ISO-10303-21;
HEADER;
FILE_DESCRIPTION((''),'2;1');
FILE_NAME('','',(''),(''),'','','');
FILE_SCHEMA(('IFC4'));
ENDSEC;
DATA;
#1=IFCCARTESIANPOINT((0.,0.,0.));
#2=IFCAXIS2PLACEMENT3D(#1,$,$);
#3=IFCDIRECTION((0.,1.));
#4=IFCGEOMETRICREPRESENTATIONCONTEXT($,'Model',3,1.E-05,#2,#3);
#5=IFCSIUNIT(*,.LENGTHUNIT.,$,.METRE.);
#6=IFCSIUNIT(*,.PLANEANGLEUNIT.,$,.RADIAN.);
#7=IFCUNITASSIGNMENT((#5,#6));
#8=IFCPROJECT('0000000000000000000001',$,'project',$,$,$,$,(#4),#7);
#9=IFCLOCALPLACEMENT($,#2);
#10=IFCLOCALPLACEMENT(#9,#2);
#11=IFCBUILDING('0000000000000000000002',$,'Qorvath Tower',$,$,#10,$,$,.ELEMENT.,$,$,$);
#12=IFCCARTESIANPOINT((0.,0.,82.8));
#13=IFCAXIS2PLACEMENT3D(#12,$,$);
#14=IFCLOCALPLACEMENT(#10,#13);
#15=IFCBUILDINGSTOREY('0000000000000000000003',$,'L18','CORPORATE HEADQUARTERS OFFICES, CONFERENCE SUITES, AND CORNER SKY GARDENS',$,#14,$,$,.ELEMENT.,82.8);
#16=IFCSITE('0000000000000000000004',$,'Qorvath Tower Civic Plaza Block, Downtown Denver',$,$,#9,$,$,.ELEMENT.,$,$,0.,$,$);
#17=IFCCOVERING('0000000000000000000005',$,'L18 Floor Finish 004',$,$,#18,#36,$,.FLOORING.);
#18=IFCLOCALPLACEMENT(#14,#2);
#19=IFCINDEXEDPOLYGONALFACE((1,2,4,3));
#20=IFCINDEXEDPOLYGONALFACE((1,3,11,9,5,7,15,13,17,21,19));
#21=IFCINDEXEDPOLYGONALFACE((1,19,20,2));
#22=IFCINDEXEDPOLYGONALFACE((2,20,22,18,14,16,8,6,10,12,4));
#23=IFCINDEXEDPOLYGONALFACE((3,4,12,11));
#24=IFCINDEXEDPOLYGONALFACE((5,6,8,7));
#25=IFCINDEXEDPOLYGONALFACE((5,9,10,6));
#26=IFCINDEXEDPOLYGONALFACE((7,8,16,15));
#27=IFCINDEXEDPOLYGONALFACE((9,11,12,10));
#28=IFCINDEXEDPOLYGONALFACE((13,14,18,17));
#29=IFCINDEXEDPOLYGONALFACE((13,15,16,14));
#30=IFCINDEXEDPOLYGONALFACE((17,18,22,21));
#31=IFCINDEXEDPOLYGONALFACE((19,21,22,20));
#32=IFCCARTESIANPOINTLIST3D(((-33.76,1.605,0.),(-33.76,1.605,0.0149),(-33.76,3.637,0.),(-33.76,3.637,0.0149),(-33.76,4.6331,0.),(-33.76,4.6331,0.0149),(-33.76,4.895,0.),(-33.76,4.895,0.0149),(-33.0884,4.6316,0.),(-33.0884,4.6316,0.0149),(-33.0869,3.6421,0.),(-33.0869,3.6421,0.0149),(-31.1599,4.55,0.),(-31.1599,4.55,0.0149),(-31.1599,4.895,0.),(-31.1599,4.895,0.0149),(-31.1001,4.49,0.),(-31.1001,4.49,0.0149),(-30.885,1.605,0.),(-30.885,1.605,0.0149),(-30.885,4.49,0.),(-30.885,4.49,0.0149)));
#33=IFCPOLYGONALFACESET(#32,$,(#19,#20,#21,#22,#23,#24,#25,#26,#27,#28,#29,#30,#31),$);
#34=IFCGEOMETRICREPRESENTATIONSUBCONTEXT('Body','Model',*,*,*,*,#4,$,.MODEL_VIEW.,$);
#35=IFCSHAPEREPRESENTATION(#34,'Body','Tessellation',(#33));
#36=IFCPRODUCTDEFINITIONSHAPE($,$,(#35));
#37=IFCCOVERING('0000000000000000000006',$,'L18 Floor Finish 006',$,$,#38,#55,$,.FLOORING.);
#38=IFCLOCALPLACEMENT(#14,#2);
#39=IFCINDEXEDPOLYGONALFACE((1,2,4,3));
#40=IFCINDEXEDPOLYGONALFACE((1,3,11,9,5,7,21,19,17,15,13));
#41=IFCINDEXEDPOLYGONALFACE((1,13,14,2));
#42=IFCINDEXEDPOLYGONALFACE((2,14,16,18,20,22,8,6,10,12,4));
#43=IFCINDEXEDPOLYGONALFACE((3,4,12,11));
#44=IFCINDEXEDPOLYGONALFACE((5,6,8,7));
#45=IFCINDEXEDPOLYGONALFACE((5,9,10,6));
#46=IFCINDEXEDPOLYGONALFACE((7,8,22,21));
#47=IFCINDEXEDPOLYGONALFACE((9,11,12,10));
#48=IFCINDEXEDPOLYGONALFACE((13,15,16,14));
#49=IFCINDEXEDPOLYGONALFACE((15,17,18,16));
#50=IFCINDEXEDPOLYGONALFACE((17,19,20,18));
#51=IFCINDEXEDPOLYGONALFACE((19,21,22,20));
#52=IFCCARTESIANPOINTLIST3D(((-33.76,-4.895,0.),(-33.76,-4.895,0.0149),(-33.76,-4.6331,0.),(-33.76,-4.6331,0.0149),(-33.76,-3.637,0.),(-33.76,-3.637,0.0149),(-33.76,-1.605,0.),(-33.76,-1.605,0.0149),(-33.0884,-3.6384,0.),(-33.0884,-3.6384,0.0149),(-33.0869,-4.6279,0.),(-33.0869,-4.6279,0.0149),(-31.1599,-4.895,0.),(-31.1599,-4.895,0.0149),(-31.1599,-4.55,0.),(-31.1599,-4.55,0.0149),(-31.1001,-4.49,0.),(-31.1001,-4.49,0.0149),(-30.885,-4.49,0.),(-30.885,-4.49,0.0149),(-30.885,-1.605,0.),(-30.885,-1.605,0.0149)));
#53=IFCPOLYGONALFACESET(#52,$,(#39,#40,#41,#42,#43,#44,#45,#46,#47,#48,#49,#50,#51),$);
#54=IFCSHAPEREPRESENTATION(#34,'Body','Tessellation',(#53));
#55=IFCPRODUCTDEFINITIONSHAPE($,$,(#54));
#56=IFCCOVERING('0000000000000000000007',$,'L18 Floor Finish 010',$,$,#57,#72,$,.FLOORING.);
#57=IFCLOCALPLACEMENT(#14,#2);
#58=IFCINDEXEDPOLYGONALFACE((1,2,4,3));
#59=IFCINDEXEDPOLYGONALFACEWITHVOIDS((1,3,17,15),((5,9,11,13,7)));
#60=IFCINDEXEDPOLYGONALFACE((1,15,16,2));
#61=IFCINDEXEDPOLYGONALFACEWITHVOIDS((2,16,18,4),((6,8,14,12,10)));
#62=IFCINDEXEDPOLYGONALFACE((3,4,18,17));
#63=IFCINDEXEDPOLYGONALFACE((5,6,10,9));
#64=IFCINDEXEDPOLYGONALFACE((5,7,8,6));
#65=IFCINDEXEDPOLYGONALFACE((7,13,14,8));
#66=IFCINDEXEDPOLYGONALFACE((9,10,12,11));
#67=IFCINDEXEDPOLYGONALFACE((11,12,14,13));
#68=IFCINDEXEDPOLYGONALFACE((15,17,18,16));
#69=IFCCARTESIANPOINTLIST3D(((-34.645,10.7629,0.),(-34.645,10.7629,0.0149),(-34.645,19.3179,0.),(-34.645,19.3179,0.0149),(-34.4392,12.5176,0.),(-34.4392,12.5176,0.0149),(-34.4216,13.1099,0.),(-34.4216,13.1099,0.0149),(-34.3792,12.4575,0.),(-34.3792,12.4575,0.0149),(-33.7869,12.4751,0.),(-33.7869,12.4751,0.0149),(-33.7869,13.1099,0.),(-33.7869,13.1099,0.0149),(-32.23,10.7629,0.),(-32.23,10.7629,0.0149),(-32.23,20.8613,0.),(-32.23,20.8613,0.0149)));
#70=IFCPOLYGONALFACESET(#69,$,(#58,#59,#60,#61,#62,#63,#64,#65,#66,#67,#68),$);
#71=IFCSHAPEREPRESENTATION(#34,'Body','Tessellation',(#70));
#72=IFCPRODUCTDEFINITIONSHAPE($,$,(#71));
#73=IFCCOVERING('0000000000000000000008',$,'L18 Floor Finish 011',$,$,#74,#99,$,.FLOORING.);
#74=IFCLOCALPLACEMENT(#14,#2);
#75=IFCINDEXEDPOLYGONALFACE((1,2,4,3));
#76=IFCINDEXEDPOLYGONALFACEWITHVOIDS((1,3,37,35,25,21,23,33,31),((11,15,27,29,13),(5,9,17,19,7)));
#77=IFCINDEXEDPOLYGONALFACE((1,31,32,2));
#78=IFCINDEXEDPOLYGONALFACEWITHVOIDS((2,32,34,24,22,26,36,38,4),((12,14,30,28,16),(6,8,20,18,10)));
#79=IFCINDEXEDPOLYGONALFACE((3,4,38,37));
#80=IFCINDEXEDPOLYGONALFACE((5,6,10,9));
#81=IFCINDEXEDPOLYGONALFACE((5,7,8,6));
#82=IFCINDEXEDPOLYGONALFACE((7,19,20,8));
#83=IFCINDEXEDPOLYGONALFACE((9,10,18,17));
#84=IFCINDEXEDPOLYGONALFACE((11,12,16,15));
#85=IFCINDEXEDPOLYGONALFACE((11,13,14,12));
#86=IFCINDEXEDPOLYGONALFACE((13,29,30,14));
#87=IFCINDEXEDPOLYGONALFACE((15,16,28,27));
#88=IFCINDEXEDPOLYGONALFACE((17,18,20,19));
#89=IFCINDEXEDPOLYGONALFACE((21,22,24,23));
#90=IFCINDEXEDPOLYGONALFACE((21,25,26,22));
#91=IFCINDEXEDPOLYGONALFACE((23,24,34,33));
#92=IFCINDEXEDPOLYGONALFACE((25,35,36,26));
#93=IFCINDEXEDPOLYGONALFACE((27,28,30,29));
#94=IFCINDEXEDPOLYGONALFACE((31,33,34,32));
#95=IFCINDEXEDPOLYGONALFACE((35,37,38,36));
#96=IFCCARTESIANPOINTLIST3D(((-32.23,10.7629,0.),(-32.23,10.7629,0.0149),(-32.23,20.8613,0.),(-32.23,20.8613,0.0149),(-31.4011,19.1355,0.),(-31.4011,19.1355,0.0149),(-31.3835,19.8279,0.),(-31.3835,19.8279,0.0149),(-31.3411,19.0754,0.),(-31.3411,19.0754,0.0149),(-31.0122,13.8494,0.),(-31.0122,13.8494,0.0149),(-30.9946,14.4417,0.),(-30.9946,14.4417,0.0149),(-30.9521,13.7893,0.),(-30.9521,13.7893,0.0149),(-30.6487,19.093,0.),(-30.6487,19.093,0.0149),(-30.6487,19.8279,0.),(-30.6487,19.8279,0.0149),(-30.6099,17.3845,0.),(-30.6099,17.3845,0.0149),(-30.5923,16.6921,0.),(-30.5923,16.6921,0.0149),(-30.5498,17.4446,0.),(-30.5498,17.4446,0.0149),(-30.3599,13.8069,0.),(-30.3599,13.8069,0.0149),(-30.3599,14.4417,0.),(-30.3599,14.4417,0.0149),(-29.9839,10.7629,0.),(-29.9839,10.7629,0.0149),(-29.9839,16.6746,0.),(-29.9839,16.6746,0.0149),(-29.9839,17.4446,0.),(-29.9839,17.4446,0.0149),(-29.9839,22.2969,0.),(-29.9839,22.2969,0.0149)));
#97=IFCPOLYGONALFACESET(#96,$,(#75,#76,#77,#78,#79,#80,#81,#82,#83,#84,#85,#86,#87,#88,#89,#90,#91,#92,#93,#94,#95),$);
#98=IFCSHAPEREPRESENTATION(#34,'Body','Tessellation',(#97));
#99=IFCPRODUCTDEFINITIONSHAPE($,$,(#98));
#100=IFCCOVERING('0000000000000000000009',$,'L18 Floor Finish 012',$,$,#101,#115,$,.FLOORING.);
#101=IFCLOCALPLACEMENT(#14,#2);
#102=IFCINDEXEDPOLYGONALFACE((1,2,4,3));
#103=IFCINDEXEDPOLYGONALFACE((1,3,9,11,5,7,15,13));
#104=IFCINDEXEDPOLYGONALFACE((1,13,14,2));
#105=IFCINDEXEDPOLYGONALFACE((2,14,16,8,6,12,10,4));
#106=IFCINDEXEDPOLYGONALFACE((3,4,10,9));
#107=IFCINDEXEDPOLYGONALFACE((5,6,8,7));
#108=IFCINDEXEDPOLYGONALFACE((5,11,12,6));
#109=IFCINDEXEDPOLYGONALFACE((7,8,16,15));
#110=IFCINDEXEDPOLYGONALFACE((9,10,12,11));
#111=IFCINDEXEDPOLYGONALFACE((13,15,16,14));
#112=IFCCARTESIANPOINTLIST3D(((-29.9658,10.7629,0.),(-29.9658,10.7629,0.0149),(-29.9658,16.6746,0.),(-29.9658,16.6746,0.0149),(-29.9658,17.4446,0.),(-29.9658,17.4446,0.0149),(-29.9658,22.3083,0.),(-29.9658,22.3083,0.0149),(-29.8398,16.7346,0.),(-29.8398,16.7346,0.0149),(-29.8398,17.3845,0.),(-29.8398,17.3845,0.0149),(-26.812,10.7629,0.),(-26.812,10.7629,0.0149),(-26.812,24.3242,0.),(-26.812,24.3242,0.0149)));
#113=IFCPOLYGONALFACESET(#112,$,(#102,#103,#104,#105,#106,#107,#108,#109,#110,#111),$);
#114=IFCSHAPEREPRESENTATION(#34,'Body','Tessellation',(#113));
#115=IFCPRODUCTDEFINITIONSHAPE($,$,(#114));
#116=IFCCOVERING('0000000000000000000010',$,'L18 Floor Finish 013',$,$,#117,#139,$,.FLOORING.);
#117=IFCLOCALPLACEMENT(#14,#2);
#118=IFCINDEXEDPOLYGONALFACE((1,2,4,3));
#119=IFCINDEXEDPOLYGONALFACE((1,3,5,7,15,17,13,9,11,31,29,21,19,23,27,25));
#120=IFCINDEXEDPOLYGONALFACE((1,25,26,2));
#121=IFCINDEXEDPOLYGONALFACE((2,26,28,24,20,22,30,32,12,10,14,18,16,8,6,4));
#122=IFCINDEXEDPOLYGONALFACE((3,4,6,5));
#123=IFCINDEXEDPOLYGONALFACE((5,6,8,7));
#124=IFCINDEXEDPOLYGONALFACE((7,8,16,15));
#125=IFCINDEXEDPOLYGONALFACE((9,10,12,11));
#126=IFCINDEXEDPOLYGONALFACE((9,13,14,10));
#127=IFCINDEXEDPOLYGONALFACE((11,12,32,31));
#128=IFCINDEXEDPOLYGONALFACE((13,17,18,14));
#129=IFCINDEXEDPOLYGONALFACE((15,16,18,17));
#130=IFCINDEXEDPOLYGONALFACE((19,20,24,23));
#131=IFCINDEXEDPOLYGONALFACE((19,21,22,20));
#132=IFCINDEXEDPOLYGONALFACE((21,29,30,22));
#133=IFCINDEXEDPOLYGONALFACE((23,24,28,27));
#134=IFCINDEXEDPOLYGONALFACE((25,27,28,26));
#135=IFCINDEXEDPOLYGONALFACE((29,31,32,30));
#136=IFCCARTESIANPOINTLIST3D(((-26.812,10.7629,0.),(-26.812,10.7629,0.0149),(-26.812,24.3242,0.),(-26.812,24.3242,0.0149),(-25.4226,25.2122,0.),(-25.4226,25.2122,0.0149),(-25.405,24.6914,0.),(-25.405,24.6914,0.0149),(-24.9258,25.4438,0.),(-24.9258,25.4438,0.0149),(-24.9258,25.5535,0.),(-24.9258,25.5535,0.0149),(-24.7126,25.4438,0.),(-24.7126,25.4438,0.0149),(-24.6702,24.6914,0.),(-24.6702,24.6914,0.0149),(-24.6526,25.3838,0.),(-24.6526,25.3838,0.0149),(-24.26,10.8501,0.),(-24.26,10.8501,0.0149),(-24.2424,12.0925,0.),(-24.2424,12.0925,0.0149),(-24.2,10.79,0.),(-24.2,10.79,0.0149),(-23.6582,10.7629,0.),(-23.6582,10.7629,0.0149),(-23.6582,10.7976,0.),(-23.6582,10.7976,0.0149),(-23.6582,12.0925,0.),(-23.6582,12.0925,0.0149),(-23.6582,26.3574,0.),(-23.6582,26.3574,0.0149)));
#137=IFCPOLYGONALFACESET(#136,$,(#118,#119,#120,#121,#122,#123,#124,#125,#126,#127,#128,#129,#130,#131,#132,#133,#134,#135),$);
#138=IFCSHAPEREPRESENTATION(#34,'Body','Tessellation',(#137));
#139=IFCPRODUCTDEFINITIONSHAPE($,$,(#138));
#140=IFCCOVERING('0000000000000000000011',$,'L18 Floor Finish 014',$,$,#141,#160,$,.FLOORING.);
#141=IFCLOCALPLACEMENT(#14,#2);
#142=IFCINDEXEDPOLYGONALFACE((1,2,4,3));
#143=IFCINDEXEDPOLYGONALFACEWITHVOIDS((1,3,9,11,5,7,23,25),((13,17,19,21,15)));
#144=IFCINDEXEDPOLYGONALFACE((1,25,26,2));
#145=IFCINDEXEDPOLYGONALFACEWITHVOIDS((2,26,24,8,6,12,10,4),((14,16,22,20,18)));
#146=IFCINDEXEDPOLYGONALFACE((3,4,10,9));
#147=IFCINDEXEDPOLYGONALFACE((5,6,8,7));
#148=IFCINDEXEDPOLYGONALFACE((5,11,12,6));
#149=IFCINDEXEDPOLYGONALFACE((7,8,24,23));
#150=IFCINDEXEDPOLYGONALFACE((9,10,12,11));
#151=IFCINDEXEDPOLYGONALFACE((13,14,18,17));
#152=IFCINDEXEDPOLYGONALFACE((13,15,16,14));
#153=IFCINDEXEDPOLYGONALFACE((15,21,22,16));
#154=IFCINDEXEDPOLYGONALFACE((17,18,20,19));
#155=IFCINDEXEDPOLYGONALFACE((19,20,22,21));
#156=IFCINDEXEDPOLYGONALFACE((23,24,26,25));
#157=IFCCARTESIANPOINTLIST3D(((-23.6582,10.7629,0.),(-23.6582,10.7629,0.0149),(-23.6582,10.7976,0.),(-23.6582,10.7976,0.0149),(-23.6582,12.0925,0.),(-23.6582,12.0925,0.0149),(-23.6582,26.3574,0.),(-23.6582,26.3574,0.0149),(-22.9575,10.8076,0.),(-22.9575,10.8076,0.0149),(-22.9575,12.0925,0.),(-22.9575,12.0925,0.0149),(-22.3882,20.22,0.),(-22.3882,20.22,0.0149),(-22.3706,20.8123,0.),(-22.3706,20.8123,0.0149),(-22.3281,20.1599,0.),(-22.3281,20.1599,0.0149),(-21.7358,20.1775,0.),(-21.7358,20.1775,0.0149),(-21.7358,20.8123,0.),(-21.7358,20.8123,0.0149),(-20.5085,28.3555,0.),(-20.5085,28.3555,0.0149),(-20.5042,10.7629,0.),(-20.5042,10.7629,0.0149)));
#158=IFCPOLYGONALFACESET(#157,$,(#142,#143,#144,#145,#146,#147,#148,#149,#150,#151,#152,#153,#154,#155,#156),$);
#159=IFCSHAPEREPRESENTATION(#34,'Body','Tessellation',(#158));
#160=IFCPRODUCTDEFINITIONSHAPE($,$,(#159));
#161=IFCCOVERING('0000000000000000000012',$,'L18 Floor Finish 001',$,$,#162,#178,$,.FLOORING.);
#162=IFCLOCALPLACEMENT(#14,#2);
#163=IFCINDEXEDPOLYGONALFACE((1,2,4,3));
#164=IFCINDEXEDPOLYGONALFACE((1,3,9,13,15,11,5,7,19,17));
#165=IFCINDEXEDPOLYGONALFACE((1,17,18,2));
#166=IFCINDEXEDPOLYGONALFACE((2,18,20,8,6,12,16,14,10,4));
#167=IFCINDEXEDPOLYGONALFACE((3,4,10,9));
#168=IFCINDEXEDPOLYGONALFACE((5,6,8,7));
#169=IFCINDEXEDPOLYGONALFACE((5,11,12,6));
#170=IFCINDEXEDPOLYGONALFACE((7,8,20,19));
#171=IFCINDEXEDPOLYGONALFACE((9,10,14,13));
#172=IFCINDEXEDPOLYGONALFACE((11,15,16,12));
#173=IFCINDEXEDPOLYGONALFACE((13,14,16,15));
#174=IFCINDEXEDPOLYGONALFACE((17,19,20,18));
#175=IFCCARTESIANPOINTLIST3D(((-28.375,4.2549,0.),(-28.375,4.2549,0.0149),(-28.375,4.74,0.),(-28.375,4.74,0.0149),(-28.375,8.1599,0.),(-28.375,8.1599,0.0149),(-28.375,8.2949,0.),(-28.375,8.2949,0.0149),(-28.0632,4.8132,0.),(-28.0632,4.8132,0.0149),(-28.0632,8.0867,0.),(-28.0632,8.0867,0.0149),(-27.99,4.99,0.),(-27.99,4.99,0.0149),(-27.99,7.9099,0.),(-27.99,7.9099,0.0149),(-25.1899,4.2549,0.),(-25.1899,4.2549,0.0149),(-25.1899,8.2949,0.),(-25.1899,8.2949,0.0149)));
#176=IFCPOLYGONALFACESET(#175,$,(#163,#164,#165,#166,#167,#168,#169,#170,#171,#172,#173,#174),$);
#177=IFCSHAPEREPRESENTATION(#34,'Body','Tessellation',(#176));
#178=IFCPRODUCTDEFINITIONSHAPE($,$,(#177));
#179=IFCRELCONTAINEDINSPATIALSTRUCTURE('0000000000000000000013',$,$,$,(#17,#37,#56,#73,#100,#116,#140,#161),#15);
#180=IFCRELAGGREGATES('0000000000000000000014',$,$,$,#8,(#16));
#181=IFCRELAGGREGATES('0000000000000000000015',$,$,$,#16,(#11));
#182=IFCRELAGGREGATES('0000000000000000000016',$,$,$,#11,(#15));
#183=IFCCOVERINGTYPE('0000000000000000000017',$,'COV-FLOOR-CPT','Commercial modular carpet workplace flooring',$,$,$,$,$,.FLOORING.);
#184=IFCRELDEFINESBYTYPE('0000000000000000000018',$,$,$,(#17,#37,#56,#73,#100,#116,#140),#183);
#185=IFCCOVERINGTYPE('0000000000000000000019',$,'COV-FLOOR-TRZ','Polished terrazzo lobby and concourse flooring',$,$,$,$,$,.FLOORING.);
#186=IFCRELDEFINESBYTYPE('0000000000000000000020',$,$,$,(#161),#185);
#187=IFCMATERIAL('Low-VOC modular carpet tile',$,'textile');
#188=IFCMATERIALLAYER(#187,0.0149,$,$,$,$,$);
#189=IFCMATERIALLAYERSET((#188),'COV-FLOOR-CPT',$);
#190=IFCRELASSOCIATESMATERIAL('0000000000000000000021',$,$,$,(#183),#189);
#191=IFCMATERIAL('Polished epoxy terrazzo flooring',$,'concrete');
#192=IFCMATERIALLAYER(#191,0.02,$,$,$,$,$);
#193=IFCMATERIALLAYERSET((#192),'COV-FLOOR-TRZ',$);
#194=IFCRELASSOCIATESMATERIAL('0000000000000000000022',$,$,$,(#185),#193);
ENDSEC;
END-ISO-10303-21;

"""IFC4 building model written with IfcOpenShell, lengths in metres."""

from ifc_helpers import new_model, si_unit, direction, frame, origin, place, context, subcontext, project, spatial, polyline, outline, extrude, material, layer, layer_set, type_object, element, save


model = new_model("IFC4")

# Units and contexts
model_context = context("Model", 3, precision=1e-05, world=origin(), true_north=direction((0.0, 1.0)))
body_context = subcontext(model_context, "Body", "Model", "MODEL_VIEW")
ifc_project = project(units=[si_unit("LENGTHUNIT", "METRE"), si_unit("PLANEANGLEUNIT", "RADIAN")], contexts=[model_context])

# Site, building, storey
site_placement = place(None, origin())
site = spatial("IfcSite", under=ifc_project, at=site_placement, Name="Qorvath Tower Civic Plaza Block, Downtown Denver", CompositionType="ELEMENT", RefElevation=0.0)
building_placement = place(site_placement, origin())
building = spatial("IfcBuilding", under=site, at=building_placement, Name="Qorvath Tower", CompositionType="ELEMENT")
storey_placement = place(building_placement, frame((0.0, 0.0, 82.8)))
storey = spatial("IfcBuildingStorey", under=building, at=storey_placement, Name="L18", Description="CORPORATE HEADQUARTERS OFFICES, CONFERENCE SUITES, AND CORNER SKY GARDENS", CompositionType="ELEMENT", Elevation=82.8)

# Coverings
ifc_material_1 = material(Name="Low-VOC modular carpet tile", Category="textile")
ifc_layer_1 = layer(ifc_material_1, 0.0149)
ifc_layer_set_1 = layer_set([ifc_layer_1], Name="COV-FLOOR-CPT")
covering_type_1 = type_object("IfcCoveringType", Name="COV-FLOOR-CPT", Description="Commercial modular carpet workplace flooring", PredefinedType="FLOORING", material=ifc_layer_set_1)
covering_1_placement = place(storey_placement, origin())
element("IfcCovering", 1, at=covering_1_placement, inside=storey, type_object=covering_type_1, Name="L18 Floor Finish 004", PredefinedType="FLOORING", context=body_context, shape_type="SweptSolid", body=[
    extrude(outline(polyline([(-31.1599, 4.895), (-33.76, 4.895), (-33.76, 4.6331), (-33.0884, 4.6316), (-33.0869, 3.6421), (-33.76, 3.637), (-33.76, 1.605), (-30.885, 1.605), (-30.885, 4.49), (-31.1001, 4.49), (-31.1599, 4.55), (-31.1599, 4.895)])), origin(), (0.0, 0.0, 1.0), 0.0149),
])
covering_2_placement = place(storey_placement, origin())
element("IfcCovering", 2, at=covering_2_placement, inside=storey, type_object=covering_type_1, Name="L18 Floor Finish 006", PredefinedType="FLOORING", context=body_context, shape_type="SweptSolid", body=[
    extrude(outline(polyline([(-30.885, -4.49), (-30.885, -1.605), (-33.76, -1.605), (-33.76, -3.637), (-33.0884, -3.6384), (-33.0869, -4.6279), (-33.76, -4.6331), (-33.76, -4.895), (-31.1599, -4.895), (-31.1599, -4.55), (-31.1001, -4.49), (-30.885, -4.49)])), origin(), (0.0, 0.0, 1.0), 0.0149),
])
covering_3_placement = place(storey_placement, origin())
element("IfcCovering", 3, at=covering_3_placement, inside=storey, type_object=covering_type_1, Name="L18 Floor Finish 010", PredefinedType="FLOORING", context=body_context, shape_type="SweptSolid", body=[
    extrude(outline(polyline([(-32.23, 10.7629), (-32.23, 20.8613), (-34.645, 19.3179), (-34.645, 10.7629), (-32.23, 10.7629)]), holes=[polyline([(-34.4392, 12.5176), (-34.4216, 13.1099), (-33.7869, 13.1099), (-33.7869, 12.4751), (-34.3792, 12.4575), (-34.4392, 12.5176)])]), origin(), (0.0, 0.0, 1.0), 0.0149),
])
covering_4_placement = place(storey_placement, origin())
element("IfcCovering", 4, at=covering_4_placement, inside=storey, type_object=covering_type_1, Name="L18 Floor Finish 011", PredefinedType="FLOORING", context=body_context, shape_type="SweptSolid", body=[
    extrude(outline(polyline([(-29.9839, 17.4446), (-29.9839, 22.2969), (-32.23, 20.8613), (-32.23, 10.7629), (-29.9839, 10.7629), (-29.9839, 16.6746), (-30.5923, 16.6921), (-30.6099, 17.3845), (-30.5498, 17.4446), (-29.9839, 17.4446)]), holes=[polyline([(-31.0122, 13.8494), (-30.9946, 14.4417), (-30.3599, 14.4417), (-30.3599, 13.8069), (-30.9521, 13.7893), (-31.0122, 13.8494)]), polyline([(-31.4011, 19.1355), (-31.3835, 19.8279), (-30.6487, 19.8279), (-30.6487, 19.093), (-31.3411, 19.0754), (-31.4011, 19.1355)])]), origin(), (0.0, 0.0, 1.0), 0.0149),
])
covering_5_placement = place(storey_placement, origin())
element("IfcCovering", 5, at=covering_5_placement, inside=storey, type_object=covering_type_1, Name="L18 Floor Finish 012", PredefinedType="FLOORING", context=body_context, shape_type="SweptSolid", body=[
    extrude(outline(polyline([(-26.812, 10.7629), (-26.812, 24.3242), (-29.9658, 22.3083), (-29.9658, 17.4446), (-29.8398, 17.3845), (-29.8398, 16.7346), (-29.9658, 16.6746), (-29.9658, 10.7629), (-26.812, 10.7629)])), origin(), (0.0, 0.0, 1.0), 0.0149),
])
covering_6_placement = place(storey_placement, origin())
element("IfcCovering", 6, at=covering_6_placement, inside=storey, type_object=covering_type_1, Name="L18 Floor Finish 013", PredefinedType="FLOORING", context=body_context, shape_type="SweptSolid", body=[
    extrude(outline(polyline([(-23.6582, 10.7629), (-23.6582, 10.7976), (-24.2, 10.79), (-24.26, 10.8501), (-24.2424, 12.0925), (-23.6582, 12.0925), (-23.6582, 26.3574), (-24.9258, 25.5535), (-24.9258, 25.4438), (-24.7126, 25.4438), (-24.6526, 25.3838), (-24.6702, 24.6914), (-25.405, 24.6914), (-25.4226, 25.2122), (-26.812, 24.3242), (-26.812, 10.7629), (-23.6582, 10.7629)])), origin(), (0.0, 0.0, 1.0), 0.0149),
])
covering_7_placement = place(storey_placement, origin())
element("IfcCovering", 7, at=covering_7_placement, inside=storey, type_object=covering_type_1, Name="L18 Floor Finish 014", PredefinedType="FLOORING", context=body_context, shape_type="SweptSolid", body=[
    extrude(outline(polyline([(-20.5085, 28.3555), (-23.6582, 26.3574), (-23.6582, 12.0925), (-22.9575, 12.0925), (-22.9575, 10.8076), (-23.6582, 10.7976), (-23.6582, 10.7629), (-20.5042, 10.7629), (-20.5085, 28.3555)]), holes=[polyline([(-22.3882, 20.22), (-22.3706, 20.8123), (-21.7358, 20.8123), (-21.7358, 20.1775), (-22.3281, 20.1599), (-22.3882, 20.22)])]), origin(), (0.0, 0.0, 1.0), 0.0149),
])
ifc_material_2 = material(Name="Polished epoxy terrazzo flooring", Category="concrete")
ifc_layer_2 = layer(ifc_material_2, 0.02)
ifc_layer_set_2 = layer_set([ifc_layer_2], Name="COV-FLOOR-TRZ")
covering_type_2 = type_object("IfcCoveringType", Name="COV-FLOOR-TRZ", Description="Polished terrazzo lobby and concourse flooring", PredefinedType="FLOORING", material=ifc_layer_set_2)
covering_8_placement = place(storey_placement, origin())
element("IfcCovering", 8, at=covering_8_placement, inside=storey, type_object=covering_type_2, Name="L18 Floor Finish 001", PredefinedType="FLOORING", context=body_context, shape_type="SweptSolid", body=[
    extrude(outline(polyline([(-25.1899, 4.2549), (-25.1899, 8.2949), (-28.375, 8.2949), (-28.375, 8.1599), (-28.0632, 8.0867), (-27.99, 7.9099), (-27.99, 4.99), (-28.0632, 4.8132), (-28.375, 4.74), (-28.375, 4.2549), (-25.1899, 4.2549)])), origin(), (0.0, 0.0, 1.0), 0.0149),
])

save(model, "model.ifc")
